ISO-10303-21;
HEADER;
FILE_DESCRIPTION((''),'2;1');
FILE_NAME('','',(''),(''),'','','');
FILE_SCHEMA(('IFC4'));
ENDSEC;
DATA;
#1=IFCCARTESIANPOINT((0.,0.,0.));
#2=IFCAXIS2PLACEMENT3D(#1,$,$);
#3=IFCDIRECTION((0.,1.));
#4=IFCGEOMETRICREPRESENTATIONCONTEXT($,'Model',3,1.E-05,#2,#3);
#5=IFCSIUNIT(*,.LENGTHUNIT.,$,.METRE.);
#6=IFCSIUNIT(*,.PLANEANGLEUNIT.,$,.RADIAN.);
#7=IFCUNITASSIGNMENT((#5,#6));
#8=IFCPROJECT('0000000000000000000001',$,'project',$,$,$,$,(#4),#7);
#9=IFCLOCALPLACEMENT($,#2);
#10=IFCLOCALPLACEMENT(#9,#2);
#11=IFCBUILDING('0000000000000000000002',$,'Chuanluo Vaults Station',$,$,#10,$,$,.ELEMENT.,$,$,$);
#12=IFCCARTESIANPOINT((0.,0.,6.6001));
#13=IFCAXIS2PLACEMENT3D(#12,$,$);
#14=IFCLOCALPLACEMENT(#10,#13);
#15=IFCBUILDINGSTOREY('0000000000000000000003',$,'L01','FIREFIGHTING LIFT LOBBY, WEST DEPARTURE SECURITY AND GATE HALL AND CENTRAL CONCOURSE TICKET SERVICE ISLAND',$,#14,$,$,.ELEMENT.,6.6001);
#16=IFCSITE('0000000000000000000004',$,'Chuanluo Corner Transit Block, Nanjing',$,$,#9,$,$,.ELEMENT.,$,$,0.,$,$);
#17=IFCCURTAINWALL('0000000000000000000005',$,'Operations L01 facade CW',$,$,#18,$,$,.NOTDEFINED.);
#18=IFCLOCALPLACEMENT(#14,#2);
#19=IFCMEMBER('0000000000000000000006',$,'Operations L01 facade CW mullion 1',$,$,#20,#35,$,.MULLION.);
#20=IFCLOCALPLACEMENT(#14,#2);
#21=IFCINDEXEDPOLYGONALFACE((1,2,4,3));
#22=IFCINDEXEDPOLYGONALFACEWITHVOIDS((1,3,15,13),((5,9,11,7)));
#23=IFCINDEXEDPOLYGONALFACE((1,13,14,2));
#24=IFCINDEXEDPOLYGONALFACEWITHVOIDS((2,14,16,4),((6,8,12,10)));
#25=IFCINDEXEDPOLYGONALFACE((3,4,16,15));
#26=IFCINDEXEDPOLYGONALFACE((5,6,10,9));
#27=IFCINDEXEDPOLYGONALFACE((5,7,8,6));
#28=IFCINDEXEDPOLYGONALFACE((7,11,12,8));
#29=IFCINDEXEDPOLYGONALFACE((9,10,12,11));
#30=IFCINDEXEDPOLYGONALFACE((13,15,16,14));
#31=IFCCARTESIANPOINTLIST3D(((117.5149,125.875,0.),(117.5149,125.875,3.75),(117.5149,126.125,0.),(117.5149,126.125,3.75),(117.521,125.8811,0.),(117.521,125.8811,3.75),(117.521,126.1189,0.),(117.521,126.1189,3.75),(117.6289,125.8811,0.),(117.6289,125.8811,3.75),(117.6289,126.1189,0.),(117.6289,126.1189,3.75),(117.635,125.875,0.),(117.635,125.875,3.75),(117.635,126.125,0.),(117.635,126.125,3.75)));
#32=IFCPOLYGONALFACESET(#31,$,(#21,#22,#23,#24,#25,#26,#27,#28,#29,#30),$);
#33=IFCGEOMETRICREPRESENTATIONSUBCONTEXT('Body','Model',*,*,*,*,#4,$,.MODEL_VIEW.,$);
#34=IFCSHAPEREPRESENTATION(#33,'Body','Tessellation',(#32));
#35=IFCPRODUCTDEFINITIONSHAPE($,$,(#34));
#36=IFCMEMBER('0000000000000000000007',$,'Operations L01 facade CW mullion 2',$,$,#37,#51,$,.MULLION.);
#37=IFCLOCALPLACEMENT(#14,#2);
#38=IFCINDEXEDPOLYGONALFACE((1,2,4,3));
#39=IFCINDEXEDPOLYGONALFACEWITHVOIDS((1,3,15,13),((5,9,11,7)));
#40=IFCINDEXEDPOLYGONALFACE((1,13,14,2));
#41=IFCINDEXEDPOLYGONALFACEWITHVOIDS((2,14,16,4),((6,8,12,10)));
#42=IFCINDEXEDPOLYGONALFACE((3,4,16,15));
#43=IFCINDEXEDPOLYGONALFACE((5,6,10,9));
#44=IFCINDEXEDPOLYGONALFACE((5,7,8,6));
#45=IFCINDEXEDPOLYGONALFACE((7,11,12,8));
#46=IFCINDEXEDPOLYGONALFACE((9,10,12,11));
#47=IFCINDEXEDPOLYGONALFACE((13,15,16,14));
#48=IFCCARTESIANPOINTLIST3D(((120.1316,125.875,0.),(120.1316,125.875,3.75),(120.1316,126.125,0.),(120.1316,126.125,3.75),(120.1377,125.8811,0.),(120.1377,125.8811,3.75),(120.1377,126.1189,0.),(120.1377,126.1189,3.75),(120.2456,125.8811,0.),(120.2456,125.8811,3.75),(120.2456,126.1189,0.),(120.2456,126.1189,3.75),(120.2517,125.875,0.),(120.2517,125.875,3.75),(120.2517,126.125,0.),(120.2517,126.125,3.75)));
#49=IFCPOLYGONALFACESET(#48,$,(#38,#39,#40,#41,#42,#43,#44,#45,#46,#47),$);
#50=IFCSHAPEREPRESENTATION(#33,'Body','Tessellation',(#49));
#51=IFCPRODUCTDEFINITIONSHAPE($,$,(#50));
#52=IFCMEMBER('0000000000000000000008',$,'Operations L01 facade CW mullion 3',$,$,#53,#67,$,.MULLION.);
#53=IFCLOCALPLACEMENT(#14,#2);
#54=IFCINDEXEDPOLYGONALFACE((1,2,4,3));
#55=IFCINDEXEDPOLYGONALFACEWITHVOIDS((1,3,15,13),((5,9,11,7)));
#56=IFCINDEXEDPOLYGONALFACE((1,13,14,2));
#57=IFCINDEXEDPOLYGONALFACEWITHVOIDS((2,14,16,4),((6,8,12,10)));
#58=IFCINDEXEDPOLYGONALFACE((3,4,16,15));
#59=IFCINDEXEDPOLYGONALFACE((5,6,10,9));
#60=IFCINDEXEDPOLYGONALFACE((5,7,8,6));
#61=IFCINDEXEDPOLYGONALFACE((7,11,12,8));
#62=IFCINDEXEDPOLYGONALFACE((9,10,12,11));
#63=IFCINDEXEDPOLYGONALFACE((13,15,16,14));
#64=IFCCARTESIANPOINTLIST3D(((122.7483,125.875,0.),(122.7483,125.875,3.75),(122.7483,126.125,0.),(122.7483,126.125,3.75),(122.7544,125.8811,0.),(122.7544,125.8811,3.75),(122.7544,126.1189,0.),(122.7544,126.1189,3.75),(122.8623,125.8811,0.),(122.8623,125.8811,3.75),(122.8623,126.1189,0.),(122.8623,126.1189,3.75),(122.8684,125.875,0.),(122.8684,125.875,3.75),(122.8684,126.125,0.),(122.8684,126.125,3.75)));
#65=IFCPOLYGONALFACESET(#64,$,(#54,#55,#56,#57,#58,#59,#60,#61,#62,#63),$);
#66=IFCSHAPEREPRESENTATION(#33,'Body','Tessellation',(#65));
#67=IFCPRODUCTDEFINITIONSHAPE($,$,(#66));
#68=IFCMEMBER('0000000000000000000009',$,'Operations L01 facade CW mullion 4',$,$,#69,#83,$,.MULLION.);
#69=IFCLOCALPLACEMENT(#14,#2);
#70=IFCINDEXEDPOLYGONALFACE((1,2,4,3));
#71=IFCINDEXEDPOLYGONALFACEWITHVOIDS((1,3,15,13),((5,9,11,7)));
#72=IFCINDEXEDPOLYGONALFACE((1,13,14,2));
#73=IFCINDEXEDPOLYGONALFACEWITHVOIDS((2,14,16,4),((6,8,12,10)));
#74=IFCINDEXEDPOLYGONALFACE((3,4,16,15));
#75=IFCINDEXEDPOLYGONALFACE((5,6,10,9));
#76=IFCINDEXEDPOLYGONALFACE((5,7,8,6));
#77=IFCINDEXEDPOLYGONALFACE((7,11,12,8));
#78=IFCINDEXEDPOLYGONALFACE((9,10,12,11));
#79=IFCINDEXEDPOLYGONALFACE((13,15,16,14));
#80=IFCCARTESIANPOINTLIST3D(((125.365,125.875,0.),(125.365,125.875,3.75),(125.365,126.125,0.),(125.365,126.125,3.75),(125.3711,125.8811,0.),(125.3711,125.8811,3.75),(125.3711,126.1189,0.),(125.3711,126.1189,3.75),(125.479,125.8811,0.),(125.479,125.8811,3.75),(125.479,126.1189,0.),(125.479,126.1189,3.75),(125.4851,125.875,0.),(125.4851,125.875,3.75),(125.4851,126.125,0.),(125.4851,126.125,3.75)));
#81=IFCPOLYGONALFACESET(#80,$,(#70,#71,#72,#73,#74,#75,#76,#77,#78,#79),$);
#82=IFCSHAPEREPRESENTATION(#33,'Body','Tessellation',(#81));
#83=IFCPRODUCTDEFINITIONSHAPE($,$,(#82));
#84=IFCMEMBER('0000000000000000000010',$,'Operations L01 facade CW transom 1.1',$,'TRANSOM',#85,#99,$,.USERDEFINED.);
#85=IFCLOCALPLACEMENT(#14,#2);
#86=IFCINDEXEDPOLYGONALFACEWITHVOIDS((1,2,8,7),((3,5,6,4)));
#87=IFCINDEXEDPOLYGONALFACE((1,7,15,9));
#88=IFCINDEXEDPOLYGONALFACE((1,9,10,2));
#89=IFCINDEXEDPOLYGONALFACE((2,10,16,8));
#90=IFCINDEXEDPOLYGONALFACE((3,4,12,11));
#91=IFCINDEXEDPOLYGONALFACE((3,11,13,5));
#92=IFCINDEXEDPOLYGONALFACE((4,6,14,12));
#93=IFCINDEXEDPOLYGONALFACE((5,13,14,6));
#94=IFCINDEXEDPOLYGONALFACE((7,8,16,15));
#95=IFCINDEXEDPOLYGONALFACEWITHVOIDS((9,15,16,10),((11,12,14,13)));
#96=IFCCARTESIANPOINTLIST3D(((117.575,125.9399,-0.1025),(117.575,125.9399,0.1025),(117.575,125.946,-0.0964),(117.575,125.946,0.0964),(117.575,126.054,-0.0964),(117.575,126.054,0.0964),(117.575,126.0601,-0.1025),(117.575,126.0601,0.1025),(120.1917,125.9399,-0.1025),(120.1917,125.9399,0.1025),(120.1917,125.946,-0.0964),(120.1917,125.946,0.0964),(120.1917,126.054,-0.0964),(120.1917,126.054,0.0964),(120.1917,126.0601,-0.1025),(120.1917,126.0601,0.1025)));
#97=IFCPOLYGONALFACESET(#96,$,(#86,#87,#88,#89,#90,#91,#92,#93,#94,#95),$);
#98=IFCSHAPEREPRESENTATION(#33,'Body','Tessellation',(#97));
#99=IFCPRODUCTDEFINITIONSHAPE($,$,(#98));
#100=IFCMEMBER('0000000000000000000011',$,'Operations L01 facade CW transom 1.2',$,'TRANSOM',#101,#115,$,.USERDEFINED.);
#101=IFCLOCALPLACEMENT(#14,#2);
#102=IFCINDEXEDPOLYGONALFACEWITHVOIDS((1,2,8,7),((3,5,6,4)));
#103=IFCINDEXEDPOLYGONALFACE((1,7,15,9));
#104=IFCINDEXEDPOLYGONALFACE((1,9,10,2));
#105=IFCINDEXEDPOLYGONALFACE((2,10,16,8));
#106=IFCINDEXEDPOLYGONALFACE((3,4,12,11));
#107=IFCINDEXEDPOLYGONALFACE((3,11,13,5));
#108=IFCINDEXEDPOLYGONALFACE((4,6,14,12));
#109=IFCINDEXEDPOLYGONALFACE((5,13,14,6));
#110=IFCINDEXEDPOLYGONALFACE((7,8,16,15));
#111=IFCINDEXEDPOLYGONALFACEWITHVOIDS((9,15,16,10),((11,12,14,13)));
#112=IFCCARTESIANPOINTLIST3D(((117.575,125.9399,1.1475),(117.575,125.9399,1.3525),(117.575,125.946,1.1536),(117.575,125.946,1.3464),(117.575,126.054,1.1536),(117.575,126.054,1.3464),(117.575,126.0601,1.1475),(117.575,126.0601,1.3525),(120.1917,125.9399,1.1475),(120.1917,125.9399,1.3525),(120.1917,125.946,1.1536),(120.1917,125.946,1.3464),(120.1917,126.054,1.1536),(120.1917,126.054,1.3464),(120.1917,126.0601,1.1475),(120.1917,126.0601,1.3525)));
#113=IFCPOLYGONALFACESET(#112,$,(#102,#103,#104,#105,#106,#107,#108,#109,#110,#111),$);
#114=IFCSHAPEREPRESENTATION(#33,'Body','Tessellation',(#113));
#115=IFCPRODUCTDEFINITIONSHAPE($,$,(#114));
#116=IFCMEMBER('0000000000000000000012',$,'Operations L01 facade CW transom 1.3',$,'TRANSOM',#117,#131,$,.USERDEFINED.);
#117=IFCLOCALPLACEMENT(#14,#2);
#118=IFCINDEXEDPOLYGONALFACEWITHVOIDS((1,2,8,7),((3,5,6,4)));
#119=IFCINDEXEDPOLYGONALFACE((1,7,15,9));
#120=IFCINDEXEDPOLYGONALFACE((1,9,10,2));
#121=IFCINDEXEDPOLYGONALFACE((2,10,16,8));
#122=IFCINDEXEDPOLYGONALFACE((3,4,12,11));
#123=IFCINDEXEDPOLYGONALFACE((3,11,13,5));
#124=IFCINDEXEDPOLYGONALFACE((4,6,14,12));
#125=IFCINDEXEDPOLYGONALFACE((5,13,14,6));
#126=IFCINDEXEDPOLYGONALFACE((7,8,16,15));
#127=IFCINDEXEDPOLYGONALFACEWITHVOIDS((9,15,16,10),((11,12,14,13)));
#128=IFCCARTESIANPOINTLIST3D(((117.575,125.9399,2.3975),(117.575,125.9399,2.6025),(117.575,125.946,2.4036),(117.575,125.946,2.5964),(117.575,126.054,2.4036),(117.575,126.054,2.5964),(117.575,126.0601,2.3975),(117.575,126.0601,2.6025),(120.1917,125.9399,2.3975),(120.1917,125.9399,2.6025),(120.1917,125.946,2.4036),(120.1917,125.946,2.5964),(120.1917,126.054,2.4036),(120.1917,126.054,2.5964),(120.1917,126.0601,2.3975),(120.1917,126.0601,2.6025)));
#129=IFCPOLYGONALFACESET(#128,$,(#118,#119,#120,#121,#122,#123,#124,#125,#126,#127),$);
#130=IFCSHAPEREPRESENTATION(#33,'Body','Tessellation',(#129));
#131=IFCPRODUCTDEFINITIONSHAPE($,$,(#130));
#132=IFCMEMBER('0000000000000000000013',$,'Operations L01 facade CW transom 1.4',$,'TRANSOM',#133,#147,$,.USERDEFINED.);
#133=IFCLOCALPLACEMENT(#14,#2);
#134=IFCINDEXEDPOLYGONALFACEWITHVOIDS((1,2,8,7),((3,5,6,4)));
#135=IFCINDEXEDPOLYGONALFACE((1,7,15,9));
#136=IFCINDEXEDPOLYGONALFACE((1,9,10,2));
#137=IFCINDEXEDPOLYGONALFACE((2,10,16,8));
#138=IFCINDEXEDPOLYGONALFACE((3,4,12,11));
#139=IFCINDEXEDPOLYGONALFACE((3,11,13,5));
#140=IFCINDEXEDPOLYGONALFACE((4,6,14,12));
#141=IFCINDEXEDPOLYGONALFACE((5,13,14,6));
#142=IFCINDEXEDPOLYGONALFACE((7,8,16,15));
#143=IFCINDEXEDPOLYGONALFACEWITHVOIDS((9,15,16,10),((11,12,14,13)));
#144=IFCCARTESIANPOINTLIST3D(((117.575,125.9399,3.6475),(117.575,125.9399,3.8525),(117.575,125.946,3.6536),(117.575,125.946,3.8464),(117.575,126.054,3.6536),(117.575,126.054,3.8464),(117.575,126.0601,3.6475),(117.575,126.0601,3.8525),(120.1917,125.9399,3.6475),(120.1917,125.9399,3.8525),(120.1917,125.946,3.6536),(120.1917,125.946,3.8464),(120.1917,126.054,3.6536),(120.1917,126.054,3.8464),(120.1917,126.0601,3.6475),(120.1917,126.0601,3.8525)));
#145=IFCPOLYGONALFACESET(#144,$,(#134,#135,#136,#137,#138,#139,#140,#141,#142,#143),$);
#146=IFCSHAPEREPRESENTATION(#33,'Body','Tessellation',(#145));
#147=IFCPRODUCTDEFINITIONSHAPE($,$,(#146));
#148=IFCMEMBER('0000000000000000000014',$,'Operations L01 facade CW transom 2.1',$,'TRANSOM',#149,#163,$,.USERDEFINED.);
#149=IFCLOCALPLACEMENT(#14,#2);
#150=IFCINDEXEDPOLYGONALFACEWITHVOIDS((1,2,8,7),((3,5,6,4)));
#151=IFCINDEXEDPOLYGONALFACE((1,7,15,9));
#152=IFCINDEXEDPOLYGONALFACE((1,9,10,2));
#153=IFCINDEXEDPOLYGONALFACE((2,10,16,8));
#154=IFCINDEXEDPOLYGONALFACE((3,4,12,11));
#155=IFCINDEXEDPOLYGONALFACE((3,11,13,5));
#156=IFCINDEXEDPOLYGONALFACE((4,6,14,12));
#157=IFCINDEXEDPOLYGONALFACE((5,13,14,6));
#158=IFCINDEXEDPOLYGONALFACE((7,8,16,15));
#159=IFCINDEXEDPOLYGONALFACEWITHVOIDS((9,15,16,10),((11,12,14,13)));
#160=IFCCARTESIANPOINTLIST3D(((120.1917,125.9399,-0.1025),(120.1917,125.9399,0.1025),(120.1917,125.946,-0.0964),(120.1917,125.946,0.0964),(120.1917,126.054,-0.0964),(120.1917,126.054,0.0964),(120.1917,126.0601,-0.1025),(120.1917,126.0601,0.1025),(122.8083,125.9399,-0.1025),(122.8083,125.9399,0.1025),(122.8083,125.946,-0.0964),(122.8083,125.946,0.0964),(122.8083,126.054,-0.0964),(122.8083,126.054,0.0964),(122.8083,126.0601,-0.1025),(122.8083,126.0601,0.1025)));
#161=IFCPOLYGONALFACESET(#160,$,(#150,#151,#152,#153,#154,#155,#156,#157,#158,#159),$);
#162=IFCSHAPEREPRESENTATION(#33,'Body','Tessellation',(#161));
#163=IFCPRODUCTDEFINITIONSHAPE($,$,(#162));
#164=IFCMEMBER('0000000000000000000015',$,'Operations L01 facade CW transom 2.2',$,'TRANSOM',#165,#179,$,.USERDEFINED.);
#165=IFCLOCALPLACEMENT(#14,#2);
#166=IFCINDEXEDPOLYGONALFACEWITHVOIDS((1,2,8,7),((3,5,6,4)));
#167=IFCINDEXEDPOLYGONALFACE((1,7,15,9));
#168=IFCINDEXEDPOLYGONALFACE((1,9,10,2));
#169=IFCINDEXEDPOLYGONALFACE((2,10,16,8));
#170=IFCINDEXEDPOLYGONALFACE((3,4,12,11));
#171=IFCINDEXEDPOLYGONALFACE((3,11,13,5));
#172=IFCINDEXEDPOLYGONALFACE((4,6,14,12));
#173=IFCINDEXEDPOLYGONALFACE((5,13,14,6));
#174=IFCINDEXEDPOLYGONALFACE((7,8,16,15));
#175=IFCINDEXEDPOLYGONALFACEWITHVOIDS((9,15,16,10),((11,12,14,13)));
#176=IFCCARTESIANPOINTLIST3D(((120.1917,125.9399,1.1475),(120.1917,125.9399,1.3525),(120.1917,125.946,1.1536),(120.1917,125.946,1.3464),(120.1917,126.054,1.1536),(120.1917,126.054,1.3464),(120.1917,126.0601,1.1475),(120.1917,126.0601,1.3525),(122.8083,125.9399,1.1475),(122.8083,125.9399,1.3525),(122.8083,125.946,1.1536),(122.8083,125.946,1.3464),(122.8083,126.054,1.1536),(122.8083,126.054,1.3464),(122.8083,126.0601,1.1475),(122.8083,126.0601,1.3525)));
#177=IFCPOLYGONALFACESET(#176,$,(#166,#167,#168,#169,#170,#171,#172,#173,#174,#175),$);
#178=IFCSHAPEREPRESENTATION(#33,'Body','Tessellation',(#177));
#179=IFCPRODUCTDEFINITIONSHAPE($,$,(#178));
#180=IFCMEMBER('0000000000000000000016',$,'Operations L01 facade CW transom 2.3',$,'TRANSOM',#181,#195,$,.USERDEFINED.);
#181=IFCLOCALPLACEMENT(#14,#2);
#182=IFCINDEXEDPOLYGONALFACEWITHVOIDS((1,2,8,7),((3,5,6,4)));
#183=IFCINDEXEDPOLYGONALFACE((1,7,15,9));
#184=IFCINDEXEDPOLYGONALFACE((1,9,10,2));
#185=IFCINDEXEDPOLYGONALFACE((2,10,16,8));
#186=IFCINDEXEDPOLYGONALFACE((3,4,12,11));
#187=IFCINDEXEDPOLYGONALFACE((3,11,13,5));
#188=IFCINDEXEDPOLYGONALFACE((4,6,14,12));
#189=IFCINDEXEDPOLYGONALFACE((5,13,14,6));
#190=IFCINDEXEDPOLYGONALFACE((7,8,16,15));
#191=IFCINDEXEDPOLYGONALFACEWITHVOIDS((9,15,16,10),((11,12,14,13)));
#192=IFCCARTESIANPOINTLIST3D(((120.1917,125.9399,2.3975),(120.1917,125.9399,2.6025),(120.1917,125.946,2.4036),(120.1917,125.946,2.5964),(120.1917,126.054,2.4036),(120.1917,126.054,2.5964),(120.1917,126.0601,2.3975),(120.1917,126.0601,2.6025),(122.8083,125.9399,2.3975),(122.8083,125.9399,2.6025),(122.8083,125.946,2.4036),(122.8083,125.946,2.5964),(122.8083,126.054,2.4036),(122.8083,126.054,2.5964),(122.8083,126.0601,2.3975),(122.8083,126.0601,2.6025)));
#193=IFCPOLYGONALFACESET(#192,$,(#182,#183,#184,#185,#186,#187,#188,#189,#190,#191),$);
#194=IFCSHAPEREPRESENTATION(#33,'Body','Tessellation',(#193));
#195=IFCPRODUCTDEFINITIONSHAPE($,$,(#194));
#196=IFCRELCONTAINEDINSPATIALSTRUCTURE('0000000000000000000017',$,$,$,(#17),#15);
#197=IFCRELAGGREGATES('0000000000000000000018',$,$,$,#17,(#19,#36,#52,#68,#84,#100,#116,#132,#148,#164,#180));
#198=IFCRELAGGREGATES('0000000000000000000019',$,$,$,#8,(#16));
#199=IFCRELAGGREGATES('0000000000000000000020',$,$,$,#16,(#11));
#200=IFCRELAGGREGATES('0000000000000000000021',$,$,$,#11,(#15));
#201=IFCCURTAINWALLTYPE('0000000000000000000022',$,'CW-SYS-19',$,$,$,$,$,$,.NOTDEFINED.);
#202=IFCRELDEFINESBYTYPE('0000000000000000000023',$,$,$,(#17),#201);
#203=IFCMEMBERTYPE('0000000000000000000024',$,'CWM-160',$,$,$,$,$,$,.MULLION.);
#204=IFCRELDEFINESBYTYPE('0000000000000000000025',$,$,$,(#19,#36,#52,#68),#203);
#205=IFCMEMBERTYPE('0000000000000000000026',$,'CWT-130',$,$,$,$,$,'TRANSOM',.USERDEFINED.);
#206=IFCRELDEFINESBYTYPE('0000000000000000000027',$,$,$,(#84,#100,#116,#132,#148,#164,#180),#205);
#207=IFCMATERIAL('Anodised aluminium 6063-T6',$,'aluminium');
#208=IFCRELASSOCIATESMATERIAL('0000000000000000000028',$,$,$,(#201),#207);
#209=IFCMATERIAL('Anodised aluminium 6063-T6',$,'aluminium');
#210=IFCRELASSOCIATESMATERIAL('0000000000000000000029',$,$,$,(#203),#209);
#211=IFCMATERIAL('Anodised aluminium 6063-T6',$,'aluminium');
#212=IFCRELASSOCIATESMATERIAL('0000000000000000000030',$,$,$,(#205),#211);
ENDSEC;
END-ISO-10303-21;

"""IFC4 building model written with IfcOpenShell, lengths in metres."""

from ifc_helpers import new_model, si_unit, direction, frame, origin, origin_2d, place, context, subcontext, project, spatial, hollow_rectangle, extrude, material, material_profile, profile_set, type_object, element, aggregate, save


model = new_model("IFC4")

# Units and contexts
model_context = context("Model", 3, precision=1e-05, world=origin(), true_north=direction((0.0, 1.0)))
body_context = subcontext(model_context, "Body", "Model", "MODEL_VIEW")
ifc_project = project(units=[si_unit("LENGTHUNIT", "METRE"), si_unit("PLANEANGLEUNIT", "RADIAN")], contexts=[model_context])

# Site, building, storey
site_placement = place(None, origin())
site = spatial("IfcSite", under=ifc_project, at=site_placement, Name="Chuanluo Corner Transit Block, Nanjing", CompositionType="ELEMENT", RefElevation=0.0)
building_placement = place(site_placement, origin())
building = spatial("IfcBuilding", under=site, at=building_placement, Name="Chuanluo Vaults Station", CompositionType="ELEMENT")
storey_placement = place(building_placement, frame((0.0, 0.0, 6.6001)))
storey = spatial("IfcBuildingStorey", under=building, at=storey_placement, Name="L01", Description="FIREFIGHTING LIFT LOBBY, WEST DEPARTURE SECURITY AND GATE HALL AND CENTRAL CONCOURSE TICKET SERVICE ISLAND", CompositionType="ELEMENT", Elevation=6.6001)

# Curtain wall, members
ifc_material_1 = material(Name="Anodised aluminium 6063-T6", Category="aluminium")
curtain_wall_type = type_object("IfcCurtainWallType", Name="CW-SYS-19", PredefinedType="NOTDEFINED", material=ifc_material_1)
curtain_wall_placement = place(storey_placement, origin())
curtain_wall = element("IfcCurtainWall", 1, at=curtain_wall_placement, inside=storey, type_object=curtain_wall_type, Name="Operations L01 facade CW", PredefinedType="NOTDEFINED")
ifc_material_2 = material(Name="Anodised aluminium 6063-T6", Category="aluminium")
ifc_material_profile_1 = material_profile(ifc_material_2, hollow_rectangle(XDim=0.1201, YDim=0.25, WallThickness=0.0061, at=origin_2d()))
ifc_profile_set_1 = profile_set([ifc_material_profile_1], Name="Anodised aluminium 6063-T6")
member_type_1 = type_object("IfcMemberType", Name="CWM-160", PredefinedType="MULLION", material=ifc_profile_set_1)
member_1_placement = place(storey_placement, frame((117.575, 126.0, 0.0), z_axis=(0.0, 0.0, 1.0), x_axis=(1.0, 0.0, 0.0)))
member_1 = element("IfcMember", 2, at=member_1_placement, type_object=member_type_1, Name="Operations L01 facade CW mullion 1", PredefinedType="MULLION", context=body_context, shape_type="SweptSolid", body=[
    extrude(hollow_rectangle(XDim=0.1201, YDim=0.25, WallThickness=0.0061, at=origin_2d()), origin(), (0.0, 0.0, 1.0), 3.75),
])
member_2_placement = place(storey_placement, frame((120.1917, 126.0, 0.0), z_axis=(0.0, 0.0, 1.0), x_axis=(1.0, 0.0, 0.0)))
member_2 = element("IfcMember", 3, at=member_2_placement, type_object=member_type_1, Name="Operations L01 facade CW mullion 2", PredefinedType="MULLION", context=body_context, shape_type="SweptSolid", body=[
    extrude(hollow_rectangle(XDim=0.1201, YDim=0.25, WallThickness=0.0061, at=origin_2d()), origin(), (0.0, 0.0, 1.0), 3.75),
])
member_3_placement = place(storey_placement, frame((122.8083, 126.0, 0.0), z_axis=(0.0, 0.0, 1.0), x_axis=(1.0, 0.0, 0.0)))
member_3 = element("IfcMember", 4, at=member_3_placement, type_object=member_type_1, Name="Operations L01 facade CW mullion 3", PredefinedType="MULLION", context=body_context, shape_type="SweptSolid", body=[
    extrude(hollow_rectangle(XDim=0.1201, YDim=0.25, WallThickness=0.0061, at=origin_2d()), origin(), (0.0, 0.0, 1.0), 3.75),
])
member_4_placement = place(storey_placement, frame((125.425, 126.0, 0.0), z_axis=(0.0, 0.0, 1.0), x_axis=(1.0, 0.0, 0.0)))
member_4 = element("IfcMember", 5, at=member_4_placement, type_object=member_type_1, Name="Operations L01 facade CW mullion 4", PredefinedType="MULLION", context=body_context, shape_type="SweptSolid", body=[
    extrude(hollow_rectangle(XDim=0.1201, YDim=0.25, WallThickness=0.0061, at=origin_2d()), origin(), (0.0, 0.0, 1.0), 3.75),
])
ifc_material_3 = material(Name="Anodised aluminium 6063-T6", Category="aluminium")
ifc_material_profile_2 = material_profile(ifc_material_3, hollow_rectangle(XDim=0.1201, YDim=0.2051, WallThickness=0.0061, at=origin_2d()))
ifc_profile_set_2 = profile_set([ifc_material_profile_2], Name="Anodised aluminium 6063-T6")
member_type_2 = type_object("IfcMemberType", Name="CWT-130", ElementType="TRANSOM", PredefinedType="USERDEFINED", material=ifc_profile_set_2)
member_5_placement = place(storey_placement, frame((117.575, 126.0, 0.0), z_axis=(1.0, 0.0, 0.0), x_axis=(0.0, 1.0, 0.0)))
member_5 = element("IfcMember", 6, at=member_5_placement, type_object=member_type_2, Name="Operations L01 facade CW transom 1.1", ObjectType="TRANSOM", PredefinedType="USERDEFINED", context=body_context, shape_type="SweptSolid", body=[
    extrude(hollow_rectangle(XDim=0.1201, YDim=0.2051, WallThickness=0.0061, at=origin_2d()), origin(), (0.0, 0.0, 1.0), 2.6167),
])
member_6_placement = place(storey_placement, frame((117.575, 126.0, 1.25), z_axis=(1.0, 0.0, 0.0), x_axis=(0.0, 1.0, 0.0)))
member_6 = element("IfcMember", 7, at=member_6_placement, type_object=member_type_2, Name="Operations L01 facade CW transom 1.2", ObjectType="TRANSOM", PredefinedType="USERDEFINED", context=body_context, shape_type="SweptSolid", body=[
    extrude(hollow_rectangle(XDim=0.1201, YDim=0.2051, WallThickness=0.0061, at=origin_2d()), origin(), (0.0, 0.0, 1.0), 2.6167),
])
member_7_placement = place(storey_placement, frame((117.575, 126.0, 2.5), z_axis=(1.0, 0.0, 0.0), x_axis=(0.0, 1.0, 0.0)))
member_7 = element("IfcMember", 8, at=member_7_placement, type_object=member_type_2, Name="Operations L01 facade CW transom 1.3", ObjectType="TRANSOM", PredefinedType="USERDEFINED", context=body_context, shape_type="SweptSolid", body=[
    extrude(hollow_rectangle(XDim=0.1201, YDim=0.2051, WallThickness=0.0061, at=origin_2d()), origin(), (0.0, 0.0, 1.0), 2.6167),
])
member_8_placement = place(storey_placement, frame((117.575, 126.0, 3.75), z_axis=(1.0, 0.0, 0.0), x_axis=(0.0, 1.0, 0.0)))
member_8 = element("IfcMember", 9, at=member_8_placement, type_object=member_type_2, Name="Operations L01 facade CW transom 1.4", ObjectType="TRANSOM", PredefinedType="USERDEFINED", context=body_context, shape_type="SweptSolid", body=[
    extrude(hollow_rectangle(XDim=0.1201, YDim=0.2051, WallThickness=0.0061, at=origin_2d()), origin(), (0.0, 0.0, 1.0), 2.6167),
])
member_9_placement = place(storey_placement, frame((120.1917, 126.0, 0.0), z_axis=(1.0, 0.0, 0.0), x_axis=(0.0, 1.0, 0.0)))
member_9 = element("IfcMember", 10, at=member_9_placement, type_object=member_type_2, Name="Operations L01 facade CW transom 2.1", ObjectType="TRANSOM", PredefinedType="USERDEFINED", context=body_context, shape_type="SweptSolid", body=[
    extrude(hollow_rectangle(XDim=0.1201, YDim=0.2051, WallThickness=0.0061, at=origin_2d()), origin(), (0.0, 0.0, 1.0), 2.6167),
])
member_10_placement = place(storey_placement, frame((120.1917, 126.0, 1.25), z_axis=(1.0, 0.0, 0.0), x_axis=(0.0, 1.0, 0.0)))
member_10 = element("IfcMember", 11, at=member_10_placement, type_object=member_type_2, Name="Operations L01 facade CW transom 2.2", ObjectType="TRANSOM", PredefinedType="USERDEFINED", context=body_context, shape_type="SweptSolid", body=[
    extrude(hollow_rectangle(XDim=0.1201, YDim=0.2051, WallThickness=0.0061, at=origin_2d()), origin(), (0.0, 0.0, 1.0), 2.6167),
])
member_11_placement = place(storey_placement, frame((120.1917, 126.0, 2.5), z_axis=(1.0, 0.0, 0.0), x_axis=(0.0, 1.0, 0.0)))
member_11 = element("IfcMember", 12, at=member_11_placement, type_object=member_type_2, Name="Operations L01 facade CW transom 2.3", ObjectType="TRANSOM", PredefinedType="USERDEFINED", context=body_context, shape_type="SweptSolid", body=[
    extrude(hollow_rectangle(XDim=0.1201, YDim=0.2051, WallThickness=0.0061, at=origin_2d()), origin(), (0.0, 0.0, 1.0), 2.6167),
])
aggregate(curtain_wall, [member_1, member_2, member_3, member_4, member_5, member_6, member_7, member_8, member_9, member_10, member_11])

save(model, "model.ifc")
